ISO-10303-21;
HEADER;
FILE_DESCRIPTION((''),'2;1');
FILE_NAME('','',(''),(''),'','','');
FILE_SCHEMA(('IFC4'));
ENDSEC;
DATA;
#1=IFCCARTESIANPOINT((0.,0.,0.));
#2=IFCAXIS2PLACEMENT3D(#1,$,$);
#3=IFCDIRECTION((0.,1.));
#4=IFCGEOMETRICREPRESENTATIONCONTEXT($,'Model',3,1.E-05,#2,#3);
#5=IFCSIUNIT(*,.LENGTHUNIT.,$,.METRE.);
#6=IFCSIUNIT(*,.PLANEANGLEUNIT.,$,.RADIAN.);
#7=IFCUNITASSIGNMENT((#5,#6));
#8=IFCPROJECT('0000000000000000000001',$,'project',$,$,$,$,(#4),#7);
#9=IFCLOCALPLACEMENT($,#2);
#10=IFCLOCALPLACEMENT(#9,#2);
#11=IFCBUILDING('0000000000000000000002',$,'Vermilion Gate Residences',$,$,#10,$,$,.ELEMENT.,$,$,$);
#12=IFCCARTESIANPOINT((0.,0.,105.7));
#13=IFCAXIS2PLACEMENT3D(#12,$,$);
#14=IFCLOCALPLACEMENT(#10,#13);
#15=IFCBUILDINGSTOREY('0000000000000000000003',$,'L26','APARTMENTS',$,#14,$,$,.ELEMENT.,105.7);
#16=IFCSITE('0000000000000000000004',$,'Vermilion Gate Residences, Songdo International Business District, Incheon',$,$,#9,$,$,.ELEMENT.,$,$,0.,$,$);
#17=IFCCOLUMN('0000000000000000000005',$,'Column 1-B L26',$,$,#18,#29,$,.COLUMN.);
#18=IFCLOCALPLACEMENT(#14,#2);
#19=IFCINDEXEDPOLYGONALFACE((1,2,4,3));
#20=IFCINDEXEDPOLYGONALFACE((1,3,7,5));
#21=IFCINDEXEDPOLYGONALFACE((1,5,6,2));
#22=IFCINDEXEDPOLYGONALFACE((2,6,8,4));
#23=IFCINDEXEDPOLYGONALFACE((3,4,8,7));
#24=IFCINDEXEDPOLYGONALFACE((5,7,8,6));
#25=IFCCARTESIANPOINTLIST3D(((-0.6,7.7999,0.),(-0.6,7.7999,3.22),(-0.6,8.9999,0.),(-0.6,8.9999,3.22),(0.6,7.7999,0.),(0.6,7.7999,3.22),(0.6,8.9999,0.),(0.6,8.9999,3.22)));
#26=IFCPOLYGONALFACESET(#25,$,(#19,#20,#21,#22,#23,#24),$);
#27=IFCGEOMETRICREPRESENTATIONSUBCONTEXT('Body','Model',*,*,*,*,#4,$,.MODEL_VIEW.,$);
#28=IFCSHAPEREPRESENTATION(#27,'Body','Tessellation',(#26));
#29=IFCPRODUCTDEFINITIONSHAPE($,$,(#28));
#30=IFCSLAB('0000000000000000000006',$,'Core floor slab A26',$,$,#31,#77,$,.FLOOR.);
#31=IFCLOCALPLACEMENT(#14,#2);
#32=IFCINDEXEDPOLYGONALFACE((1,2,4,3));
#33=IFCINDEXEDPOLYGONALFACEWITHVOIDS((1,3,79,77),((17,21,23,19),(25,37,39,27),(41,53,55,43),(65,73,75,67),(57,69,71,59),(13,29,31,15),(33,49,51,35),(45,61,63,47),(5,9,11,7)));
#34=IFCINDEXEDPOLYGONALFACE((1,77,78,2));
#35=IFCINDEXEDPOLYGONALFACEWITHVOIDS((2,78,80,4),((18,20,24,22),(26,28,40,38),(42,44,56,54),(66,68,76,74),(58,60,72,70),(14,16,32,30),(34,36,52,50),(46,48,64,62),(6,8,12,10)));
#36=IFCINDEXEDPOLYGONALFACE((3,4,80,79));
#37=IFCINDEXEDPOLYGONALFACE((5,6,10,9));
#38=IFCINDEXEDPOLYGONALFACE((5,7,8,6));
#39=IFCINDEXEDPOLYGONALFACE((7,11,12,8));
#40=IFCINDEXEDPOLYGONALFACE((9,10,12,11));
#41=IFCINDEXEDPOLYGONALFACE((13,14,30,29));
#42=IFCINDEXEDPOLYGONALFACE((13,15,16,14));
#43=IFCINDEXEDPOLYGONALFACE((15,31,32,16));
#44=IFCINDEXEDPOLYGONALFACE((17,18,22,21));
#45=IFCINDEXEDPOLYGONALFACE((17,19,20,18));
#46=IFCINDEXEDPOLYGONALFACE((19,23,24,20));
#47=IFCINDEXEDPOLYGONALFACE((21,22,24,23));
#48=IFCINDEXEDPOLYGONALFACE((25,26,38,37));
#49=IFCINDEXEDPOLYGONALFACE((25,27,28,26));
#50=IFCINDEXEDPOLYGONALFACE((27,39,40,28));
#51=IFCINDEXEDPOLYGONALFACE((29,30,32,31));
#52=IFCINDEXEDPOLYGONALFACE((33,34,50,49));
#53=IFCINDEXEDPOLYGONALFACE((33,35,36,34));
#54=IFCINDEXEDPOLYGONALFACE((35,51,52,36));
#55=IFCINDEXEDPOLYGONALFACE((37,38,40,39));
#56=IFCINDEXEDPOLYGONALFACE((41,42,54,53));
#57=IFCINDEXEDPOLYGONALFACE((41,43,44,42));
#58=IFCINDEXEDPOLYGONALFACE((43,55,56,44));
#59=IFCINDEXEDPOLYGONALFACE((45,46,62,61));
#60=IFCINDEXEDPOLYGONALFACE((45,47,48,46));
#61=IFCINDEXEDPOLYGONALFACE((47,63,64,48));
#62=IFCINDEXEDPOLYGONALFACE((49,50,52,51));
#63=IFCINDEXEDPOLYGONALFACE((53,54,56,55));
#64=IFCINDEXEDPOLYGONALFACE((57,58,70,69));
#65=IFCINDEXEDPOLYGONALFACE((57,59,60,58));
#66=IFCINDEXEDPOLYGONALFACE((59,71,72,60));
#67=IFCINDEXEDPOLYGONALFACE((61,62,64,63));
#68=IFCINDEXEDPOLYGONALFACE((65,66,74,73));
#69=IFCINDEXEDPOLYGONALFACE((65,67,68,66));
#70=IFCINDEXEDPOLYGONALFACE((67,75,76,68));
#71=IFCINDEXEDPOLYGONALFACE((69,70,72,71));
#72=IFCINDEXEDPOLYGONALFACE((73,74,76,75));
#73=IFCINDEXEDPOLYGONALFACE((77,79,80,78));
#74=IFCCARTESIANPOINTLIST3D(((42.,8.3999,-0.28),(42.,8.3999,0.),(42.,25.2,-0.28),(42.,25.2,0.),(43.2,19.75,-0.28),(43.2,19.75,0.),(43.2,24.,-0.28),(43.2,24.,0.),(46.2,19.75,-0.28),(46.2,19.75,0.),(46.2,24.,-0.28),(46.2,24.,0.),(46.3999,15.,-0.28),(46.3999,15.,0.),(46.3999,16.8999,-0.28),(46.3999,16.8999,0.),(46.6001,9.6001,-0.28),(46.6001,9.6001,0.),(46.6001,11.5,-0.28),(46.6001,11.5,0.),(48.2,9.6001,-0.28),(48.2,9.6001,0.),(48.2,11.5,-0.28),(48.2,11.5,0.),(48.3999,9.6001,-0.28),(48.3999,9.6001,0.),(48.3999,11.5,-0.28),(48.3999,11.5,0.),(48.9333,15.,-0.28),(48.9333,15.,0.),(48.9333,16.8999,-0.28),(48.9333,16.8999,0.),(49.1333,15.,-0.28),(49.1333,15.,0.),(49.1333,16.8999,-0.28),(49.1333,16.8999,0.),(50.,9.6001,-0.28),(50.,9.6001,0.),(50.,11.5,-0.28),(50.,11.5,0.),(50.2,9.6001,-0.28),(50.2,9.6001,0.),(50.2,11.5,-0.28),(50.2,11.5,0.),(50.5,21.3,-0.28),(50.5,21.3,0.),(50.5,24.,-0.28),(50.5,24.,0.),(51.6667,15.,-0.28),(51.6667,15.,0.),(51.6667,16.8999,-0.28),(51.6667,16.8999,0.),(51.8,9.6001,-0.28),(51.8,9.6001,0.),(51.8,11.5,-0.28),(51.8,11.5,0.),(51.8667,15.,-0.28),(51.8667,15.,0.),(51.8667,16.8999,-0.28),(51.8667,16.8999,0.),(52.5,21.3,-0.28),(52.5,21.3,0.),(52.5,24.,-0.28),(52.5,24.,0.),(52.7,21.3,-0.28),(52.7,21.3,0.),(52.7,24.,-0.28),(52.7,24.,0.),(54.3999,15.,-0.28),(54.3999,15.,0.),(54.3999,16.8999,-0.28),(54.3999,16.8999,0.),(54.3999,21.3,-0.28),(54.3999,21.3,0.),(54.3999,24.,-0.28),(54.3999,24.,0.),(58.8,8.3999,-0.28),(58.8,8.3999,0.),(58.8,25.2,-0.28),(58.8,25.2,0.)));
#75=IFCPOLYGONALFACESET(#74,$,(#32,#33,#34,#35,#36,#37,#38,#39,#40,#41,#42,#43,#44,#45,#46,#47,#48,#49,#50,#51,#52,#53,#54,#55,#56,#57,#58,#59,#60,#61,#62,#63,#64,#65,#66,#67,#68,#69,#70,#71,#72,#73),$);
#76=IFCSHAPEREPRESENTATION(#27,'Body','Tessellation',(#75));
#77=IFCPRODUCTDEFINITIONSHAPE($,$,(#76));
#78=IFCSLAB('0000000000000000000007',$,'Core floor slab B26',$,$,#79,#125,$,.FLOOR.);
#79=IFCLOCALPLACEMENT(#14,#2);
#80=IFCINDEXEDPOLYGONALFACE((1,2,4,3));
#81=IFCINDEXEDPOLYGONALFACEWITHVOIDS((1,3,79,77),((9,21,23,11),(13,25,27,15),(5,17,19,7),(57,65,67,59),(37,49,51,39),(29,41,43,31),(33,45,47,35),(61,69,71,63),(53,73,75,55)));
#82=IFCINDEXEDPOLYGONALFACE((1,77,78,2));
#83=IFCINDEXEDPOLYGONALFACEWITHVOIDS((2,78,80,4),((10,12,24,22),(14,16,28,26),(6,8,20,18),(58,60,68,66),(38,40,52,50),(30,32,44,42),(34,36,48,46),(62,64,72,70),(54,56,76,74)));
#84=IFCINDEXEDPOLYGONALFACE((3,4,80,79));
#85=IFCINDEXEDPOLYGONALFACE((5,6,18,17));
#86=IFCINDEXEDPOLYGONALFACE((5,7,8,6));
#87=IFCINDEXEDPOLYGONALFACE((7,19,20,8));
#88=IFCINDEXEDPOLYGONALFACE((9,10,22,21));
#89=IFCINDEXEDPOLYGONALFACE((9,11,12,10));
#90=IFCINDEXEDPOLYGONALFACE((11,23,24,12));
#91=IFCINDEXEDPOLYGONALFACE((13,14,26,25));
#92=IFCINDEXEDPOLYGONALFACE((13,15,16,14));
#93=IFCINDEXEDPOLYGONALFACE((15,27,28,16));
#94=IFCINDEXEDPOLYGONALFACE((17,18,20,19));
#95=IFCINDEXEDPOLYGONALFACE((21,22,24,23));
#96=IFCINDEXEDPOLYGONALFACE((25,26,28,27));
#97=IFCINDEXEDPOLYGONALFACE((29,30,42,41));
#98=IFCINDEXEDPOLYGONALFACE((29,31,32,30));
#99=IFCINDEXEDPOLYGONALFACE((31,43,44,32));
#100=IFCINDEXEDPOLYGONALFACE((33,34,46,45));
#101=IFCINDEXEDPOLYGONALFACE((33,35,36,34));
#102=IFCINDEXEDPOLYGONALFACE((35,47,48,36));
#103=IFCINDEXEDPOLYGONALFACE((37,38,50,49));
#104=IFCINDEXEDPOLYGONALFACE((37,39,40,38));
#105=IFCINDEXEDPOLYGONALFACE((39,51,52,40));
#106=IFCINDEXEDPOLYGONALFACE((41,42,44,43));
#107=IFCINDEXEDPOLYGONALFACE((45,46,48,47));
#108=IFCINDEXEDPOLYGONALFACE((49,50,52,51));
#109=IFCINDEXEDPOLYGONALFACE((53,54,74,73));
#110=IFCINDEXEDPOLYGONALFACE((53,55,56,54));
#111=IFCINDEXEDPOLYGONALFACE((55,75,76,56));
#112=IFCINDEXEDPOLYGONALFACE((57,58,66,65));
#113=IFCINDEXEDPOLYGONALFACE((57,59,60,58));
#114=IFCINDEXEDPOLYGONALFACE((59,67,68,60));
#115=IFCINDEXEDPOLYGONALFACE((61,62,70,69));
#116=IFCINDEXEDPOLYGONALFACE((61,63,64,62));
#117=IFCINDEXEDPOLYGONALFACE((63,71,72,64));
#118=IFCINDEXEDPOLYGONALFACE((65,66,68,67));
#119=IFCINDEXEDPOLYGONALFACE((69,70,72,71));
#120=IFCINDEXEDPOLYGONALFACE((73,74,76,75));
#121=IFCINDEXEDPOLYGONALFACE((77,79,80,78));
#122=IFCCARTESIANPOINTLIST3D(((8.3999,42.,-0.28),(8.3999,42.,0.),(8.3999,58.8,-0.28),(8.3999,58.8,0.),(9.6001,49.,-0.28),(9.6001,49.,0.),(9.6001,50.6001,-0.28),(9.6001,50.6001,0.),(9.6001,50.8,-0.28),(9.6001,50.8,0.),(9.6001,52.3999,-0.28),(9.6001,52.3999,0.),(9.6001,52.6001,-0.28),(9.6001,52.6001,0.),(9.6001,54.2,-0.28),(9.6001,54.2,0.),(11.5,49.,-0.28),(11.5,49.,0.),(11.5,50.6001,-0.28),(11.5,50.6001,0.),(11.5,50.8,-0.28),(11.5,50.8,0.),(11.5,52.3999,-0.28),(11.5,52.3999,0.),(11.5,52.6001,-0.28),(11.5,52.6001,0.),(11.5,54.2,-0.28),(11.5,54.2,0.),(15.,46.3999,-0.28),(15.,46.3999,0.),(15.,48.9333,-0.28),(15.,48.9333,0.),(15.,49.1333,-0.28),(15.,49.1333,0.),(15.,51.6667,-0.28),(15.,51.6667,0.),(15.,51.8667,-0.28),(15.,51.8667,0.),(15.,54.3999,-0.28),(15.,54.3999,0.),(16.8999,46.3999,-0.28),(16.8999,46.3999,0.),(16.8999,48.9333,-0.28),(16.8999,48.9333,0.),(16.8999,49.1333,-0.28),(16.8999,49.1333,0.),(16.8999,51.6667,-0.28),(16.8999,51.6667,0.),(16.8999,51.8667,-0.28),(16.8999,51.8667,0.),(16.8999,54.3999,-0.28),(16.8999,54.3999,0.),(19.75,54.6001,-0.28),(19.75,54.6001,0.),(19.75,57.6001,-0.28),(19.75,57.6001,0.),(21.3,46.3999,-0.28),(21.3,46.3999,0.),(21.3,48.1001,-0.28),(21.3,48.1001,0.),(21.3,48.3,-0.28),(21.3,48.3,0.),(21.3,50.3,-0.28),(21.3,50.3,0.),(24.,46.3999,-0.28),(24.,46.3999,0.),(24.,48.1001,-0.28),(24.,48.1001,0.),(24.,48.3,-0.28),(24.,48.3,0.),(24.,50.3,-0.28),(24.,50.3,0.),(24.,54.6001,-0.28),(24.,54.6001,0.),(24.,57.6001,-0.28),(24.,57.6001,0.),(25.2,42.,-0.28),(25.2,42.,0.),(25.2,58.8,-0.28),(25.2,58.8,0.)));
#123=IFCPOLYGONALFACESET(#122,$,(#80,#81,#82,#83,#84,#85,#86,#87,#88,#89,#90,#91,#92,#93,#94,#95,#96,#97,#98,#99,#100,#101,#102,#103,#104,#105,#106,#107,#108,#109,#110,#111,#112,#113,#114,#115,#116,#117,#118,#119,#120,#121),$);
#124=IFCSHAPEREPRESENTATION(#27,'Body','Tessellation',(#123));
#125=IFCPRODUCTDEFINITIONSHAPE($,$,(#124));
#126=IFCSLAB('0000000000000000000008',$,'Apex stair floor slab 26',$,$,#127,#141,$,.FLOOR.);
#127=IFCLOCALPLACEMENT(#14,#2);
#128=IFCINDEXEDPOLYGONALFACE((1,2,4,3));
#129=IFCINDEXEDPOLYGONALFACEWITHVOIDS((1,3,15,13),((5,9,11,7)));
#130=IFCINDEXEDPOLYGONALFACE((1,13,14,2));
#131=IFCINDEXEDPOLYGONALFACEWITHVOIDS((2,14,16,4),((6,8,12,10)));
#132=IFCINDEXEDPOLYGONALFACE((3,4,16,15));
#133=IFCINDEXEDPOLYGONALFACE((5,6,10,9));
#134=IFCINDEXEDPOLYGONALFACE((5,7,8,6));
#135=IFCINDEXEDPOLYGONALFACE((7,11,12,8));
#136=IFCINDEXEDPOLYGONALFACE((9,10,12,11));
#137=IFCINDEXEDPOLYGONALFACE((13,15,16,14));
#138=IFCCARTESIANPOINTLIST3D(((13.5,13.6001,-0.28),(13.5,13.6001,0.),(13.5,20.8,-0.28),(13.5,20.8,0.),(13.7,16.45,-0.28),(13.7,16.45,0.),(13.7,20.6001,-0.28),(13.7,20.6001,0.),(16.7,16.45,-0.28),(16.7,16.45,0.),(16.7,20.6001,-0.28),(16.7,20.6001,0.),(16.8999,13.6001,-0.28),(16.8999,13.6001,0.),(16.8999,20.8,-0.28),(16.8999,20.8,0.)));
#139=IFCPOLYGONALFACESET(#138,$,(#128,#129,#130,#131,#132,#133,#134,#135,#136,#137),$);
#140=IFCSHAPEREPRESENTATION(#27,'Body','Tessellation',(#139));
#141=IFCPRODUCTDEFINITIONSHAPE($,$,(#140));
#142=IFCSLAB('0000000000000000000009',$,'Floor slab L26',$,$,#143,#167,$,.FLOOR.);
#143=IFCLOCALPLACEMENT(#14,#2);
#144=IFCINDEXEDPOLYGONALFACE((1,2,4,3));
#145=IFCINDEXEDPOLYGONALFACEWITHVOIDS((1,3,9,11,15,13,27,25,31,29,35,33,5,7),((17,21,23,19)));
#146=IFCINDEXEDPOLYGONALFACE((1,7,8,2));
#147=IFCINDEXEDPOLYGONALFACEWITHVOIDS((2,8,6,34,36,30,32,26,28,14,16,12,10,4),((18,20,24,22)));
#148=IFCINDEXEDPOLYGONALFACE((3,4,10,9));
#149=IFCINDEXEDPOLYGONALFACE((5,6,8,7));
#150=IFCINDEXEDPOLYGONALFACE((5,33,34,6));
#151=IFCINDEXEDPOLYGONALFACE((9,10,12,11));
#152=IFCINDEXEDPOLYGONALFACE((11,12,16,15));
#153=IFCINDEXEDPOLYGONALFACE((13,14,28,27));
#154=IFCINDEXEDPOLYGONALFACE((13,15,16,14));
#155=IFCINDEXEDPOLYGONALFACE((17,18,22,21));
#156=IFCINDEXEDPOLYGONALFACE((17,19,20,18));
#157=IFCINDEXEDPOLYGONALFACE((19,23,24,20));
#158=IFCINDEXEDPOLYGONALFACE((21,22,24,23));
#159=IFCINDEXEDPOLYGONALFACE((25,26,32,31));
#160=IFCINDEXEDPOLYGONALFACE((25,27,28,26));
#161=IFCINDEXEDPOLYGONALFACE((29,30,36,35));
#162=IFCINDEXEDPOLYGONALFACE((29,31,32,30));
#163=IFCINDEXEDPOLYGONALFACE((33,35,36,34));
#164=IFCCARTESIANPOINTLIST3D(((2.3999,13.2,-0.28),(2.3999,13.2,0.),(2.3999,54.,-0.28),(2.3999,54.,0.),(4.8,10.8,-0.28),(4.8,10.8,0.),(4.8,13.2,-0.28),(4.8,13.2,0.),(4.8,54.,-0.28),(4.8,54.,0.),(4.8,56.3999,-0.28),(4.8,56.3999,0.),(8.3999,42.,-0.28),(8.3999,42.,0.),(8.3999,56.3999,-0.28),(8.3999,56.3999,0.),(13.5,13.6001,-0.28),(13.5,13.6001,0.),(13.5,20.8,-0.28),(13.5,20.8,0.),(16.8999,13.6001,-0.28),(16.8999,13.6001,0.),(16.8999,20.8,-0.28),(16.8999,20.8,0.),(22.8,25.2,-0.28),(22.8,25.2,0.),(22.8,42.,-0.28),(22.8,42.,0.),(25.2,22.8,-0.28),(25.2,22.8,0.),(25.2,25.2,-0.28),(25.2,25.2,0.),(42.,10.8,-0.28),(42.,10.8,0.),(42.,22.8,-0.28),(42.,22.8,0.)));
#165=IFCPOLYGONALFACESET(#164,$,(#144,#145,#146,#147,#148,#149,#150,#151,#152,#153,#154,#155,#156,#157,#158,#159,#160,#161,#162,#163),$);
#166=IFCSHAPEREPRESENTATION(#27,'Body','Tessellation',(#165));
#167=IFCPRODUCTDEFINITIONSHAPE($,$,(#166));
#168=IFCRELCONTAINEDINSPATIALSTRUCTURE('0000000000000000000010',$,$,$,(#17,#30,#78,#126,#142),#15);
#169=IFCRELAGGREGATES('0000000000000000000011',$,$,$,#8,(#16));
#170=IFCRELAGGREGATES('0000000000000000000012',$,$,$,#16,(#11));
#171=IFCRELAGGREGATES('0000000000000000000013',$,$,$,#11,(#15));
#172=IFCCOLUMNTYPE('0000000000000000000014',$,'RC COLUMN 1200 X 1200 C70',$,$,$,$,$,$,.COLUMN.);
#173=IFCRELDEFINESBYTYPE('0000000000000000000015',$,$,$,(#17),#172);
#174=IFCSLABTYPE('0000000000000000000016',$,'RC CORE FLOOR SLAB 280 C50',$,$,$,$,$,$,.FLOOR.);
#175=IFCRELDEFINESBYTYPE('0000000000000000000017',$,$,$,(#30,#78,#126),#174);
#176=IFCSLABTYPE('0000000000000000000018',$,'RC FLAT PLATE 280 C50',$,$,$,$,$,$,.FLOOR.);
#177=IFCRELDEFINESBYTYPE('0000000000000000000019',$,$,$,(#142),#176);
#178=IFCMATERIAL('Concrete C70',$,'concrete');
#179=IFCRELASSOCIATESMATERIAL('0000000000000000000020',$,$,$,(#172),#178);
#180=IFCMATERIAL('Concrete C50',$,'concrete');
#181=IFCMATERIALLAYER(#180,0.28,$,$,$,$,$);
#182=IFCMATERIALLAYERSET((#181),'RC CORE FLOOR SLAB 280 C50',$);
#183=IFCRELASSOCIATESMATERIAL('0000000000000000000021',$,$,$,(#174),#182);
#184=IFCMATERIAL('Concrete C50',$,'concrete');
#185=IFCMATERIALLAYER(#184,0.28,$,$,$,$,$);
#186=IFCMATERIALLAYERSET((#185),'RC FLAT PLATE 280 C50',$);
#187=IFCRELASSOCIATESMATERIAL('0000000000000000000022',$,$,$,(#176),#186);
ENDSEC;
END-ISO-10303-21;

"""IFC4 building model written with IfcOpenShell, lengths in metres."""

from ifc_helpers import new_model, si_unit, direction, frame, origin, origin_2d, place, context, subcontext, project, spatial, polyline, rectangle, outline, extrude, material, layer, layer_set, material_profile, profile_set, type_object, element, save


model = new_model("IFC4")

# Units and contexts
model_context = context("Model", 3, precision=1e-05, world=origin(), true_north=direction((0.0, 1.0)))
body_context = subcontext(model_context, "Body", "Model", "MODEL_VIEW")
ifc_project = project(units=[si_unit("LENGTHUNIT", "METRE"), si_unit("PLANEANGLEUNIT", "RADIAN")], contexts=[model_context])

# Site, building, storey
site_placement = place(None, origin())
site = spatial("IfcSite", under=ifc_project, at=site_placement, Name="Vermilion Gate Residences, Songdo International Business District, Incheon", CompositionType="ELEMENT", RefElevation=0.0)
building_placement = place(site_placement, origin())
building = spatial("IfcBuilding", under=site, at=building_placement, Name="Vermilion Gate Residences", CompositionType="ELEMENT")
storey_placement = place(building_placement, frame((0.0, 0.0, 105.7)))
storey = spatial("IfcBuildingStorey", under=building, at=storey_placement, Name="L26", Description="APARTMENTS", CompositionType="ELEMENT", Elevation=105.7)

# Column
ifc_material_1 = material(Name="Concrete C70", Category="concrete")
ifc_material_profile_1 = material_profile(ifc_material_1, rectangle(XDim=1.2, YDim=1.2, at=origin_2d()), Name="RC-1200x1200")
ifc_profile_set_1 = profile_set([ifc_material_profile_1], Name="Concrete C70")
column_type = type_object("IfcColumnType", Name="RC COLUMN 1200 X 1200 C70", PredefinedType="COLUMN", material=ifc_profile_set_1)
column_placement = place(storey_placement, frame((0.0, 8.3999, 0.0), z_axis=(0.0, 0.0, 1.0), x_axis=(1.0, 0.0, 0.0)))
element("IfcColumn", 1, at=column_placement, inside=storey, type_object=column_type, Name="Column 1-B L26", PredefinedType="COLUMN", context=body_context, shape_type="SweptSolid", body=[
    extrude(rectangle(XDim=1.2, YDim=1.2, at=origin_2d()), origin(), (0.0, 0.0, 1.0), 3.22),
])

# Slabs
ifc_material_2 = material(Name="Concrete C50", Category="concrete")
ifc_layer_1 = layer(ifc_material_2, 0.28)
ifc_layer_set_1 = layer_set([ifc_layer_1], Name="RC CORE FLOOR SLAB 280 C50")
slab_type_1 = type_object("IfcSlabType", Name="RC CORE FLOOR SLAB 280 C50", PredefinedType="FLOOR", material=ifc_layer_set_1)
slab_1_placement = place(storey_placement, frame((0.0, 0.0, -0.28)))
element("IfcSlab", 2, at=slab_1_placement, inside=storey, type_object=slab_type_1, Name="Core floor slab A26", PredefinedType="FLOOR", context=body_context, shape_type="SweptSolid", body=[
    extrude(outline(polyline([(42.0, 8.3999), (58.8, 8.3999), (58.8, 25.2), (42.0, 25.2), (42.0, 8.3999)]), holes=[polyline([(46.6001, 11.5), (48.2, 11.5), (48.2, 9.6001), (46.6001, 9.6001), (46.6001, 11.5)]), polyline([(48.3999, 11.5), (50.0, 11.5), (50.0, 9.6001), (48.3999, 9.6001), (48.3999, 11.5)]), polyline([(50.2, 11.5), (51.8, 11.5), (51.8, 9.6001), (50.2, 9.6001), (50.2, 11.5)]), polyline([(46.3999, 16.8999), (48.9333, 16.8999), (48.9333, 15.0), (46.3999, 15.0), (46.3999, 16.8999)]), polyline([(49.1333, 16.8999), (51.6667, 16.8999), (51.6667, 15.0), (49.1333, 15.0), (49.1333, 16.8999)]), polyline([(51.8667, 16.8999), (54.3999, 16.8999), (54.3999, 15.0), (51.8667, 15.0), (51.8667, 16.8999)]), polyline([(43.2, 24.0), (46.2, 24.0), (46.2, 19.75), (43.2, 19.75), (43.2, 24.0)]), polyline([(52.5, 24.0), (52.5, 21.3), (50.5, 21.3), (50.5, 24.0), (52.5, 24.0)]), polyline([(54.3999, 24.0), (54.3999, 21.3), (52.7, 21.3), (52.7, 24.0), (54.3999, 24.0)])]), origin(), (0.0, 0.0, 1.0), 0.28),
])
slab_2_placement = place(storey_placement, frame((0.0, 0.0, -0.28)))
element("IfcSlab", 3, at=slab_2_placement, inside=storey, type_object=slab_type_1, Name="Core floor slab B26", PredefinedType="FLOOR", context=body_context, shape_type="SweptSolid", body=[
    extrude(outline(polyline([(8.3999, 42.0), (25.2, 42.0), (25.2, 58.8), (8.3999, 58.8), (8.3999, 42.0)]), holes=[polyline([(21.3, 48.1001), (24.0, 48.1001), (24.0, 46.3999), (21.3, 46.3999), (21.3, 48.1001)]), polyline([(15.0, 48.9333), (16.8999, 48.9333), (16.8999, 46.3999), (15.0, 46.3999), (15.0, 48.9333)]), polyline([(21.3, 50.3), (24.0, 50.3), (24.0, 48.3), (21.3, 48.3), (21.3, 50.3)]), polyline([(9.6001, 50.6001), (11.5, 50.6001), (11.5, 49.0), (9.6001, 49.0), (9.6001, 50.6001)]), polyline([(15.0, 51.6667), (16.8999, 51.6667), (16.8999, 49.1333), (15.0, 49.1333), (15.0, 51.6667)]), polyline([(9.6001, 52.3999), (11.5, 52.3999), (11.5, 50.8), (9.6001, 50.8), (9.6001, 52.3999)]), polyline([(15.0, 54.3999), (16.8999, 54.3999), (16.8999, 51.8667), (15.0, 51.8667), (15.0, 54.3999)]), polyline([(11.5, 54.2), (11.5, 52.6001), (9.6001, 52.6001), (9.6001, 54.2), (11.5, 54.2)]), polyline([(24.0, 57.6001), (24.0, 54.6001), (19.75, 54.6001), (19.75, 57.6001), (24.0, 57.6001)])]), origin(), (0.0, 0.0, 1.0), 0.28),
])
slab_3_placement = place(storey_placement, frame((0.0, 0.0, -0.28)))
element("IfcSlab", 4, at=slab_3_placement, inside=storey, type_object=slab_type_1, Name="Apex stair floor slab 26", PredefinedType="FLOOR", context=body_context, shape_type="SweptSolid", body=[
    extrude(outline(polyline([(13.5, 13.6001), (16.8999, 13.6001), (16.8999, 20.8), (13.5, 20.8), (13.5, 13.6001)]), holes=[polyline([(16.7, 20.6001), (16.7, 16.45), (13.7, 16.45), (13.7, 20.6001), (16.7, 20.6001)])]), origin(), (0.0, 0.0, 1.0), 0.28),
])
ifc_material_3 = material(Name="Concrete C50", Category="concrete")
ifc_layer_2 = layer(ifc_material_3, 0.28)
ifc_layer_set_2 = layer_set([ifc_layer_2], Name="RC FLAT PLATE 280 C50")
slab_type_2 = type_object("IfcSlabType", Name="RC FLAT PLATE 280 C50", PredefinedType="FLOOR", material=ifc_layer_set_2)
slab_4_placement = place(storey_placement, frame((0.0, 0.0, -0.28)))
element("IfcSlab", 5, at=slab_4_placement, inside=storey, type_object=slab_type_2, Name="Floor slab L26", PredefinedType="FLOOR", context=body_context, shape_type="SweptSolid", body=[
    extrude(outline(polyline([(22.8, 25.2), (22.8, 42.0), (8.3999, 42.0), (8.3999, 56.3999), (4.8, 56.3999), (4.8, 54.0), (2.3999, 54.0), (2.3999, 13.2), (4.8, 13.2), (4.8, 10.8), (42.0, 10.8), (42.0, 22.8), (25.2, 22.8), (25.2, 25.2), (22.8, 25.2)]), holes=[polyline([(13.5, 13.6001), (13.5, 20.8), (16.8999, 20.8), (16.8999, 13.6001), (13.5, 13.6001)])]), origin(), (0.0, 0.0, 1.0), 0.28),
])

save(model, "model.ifc")
